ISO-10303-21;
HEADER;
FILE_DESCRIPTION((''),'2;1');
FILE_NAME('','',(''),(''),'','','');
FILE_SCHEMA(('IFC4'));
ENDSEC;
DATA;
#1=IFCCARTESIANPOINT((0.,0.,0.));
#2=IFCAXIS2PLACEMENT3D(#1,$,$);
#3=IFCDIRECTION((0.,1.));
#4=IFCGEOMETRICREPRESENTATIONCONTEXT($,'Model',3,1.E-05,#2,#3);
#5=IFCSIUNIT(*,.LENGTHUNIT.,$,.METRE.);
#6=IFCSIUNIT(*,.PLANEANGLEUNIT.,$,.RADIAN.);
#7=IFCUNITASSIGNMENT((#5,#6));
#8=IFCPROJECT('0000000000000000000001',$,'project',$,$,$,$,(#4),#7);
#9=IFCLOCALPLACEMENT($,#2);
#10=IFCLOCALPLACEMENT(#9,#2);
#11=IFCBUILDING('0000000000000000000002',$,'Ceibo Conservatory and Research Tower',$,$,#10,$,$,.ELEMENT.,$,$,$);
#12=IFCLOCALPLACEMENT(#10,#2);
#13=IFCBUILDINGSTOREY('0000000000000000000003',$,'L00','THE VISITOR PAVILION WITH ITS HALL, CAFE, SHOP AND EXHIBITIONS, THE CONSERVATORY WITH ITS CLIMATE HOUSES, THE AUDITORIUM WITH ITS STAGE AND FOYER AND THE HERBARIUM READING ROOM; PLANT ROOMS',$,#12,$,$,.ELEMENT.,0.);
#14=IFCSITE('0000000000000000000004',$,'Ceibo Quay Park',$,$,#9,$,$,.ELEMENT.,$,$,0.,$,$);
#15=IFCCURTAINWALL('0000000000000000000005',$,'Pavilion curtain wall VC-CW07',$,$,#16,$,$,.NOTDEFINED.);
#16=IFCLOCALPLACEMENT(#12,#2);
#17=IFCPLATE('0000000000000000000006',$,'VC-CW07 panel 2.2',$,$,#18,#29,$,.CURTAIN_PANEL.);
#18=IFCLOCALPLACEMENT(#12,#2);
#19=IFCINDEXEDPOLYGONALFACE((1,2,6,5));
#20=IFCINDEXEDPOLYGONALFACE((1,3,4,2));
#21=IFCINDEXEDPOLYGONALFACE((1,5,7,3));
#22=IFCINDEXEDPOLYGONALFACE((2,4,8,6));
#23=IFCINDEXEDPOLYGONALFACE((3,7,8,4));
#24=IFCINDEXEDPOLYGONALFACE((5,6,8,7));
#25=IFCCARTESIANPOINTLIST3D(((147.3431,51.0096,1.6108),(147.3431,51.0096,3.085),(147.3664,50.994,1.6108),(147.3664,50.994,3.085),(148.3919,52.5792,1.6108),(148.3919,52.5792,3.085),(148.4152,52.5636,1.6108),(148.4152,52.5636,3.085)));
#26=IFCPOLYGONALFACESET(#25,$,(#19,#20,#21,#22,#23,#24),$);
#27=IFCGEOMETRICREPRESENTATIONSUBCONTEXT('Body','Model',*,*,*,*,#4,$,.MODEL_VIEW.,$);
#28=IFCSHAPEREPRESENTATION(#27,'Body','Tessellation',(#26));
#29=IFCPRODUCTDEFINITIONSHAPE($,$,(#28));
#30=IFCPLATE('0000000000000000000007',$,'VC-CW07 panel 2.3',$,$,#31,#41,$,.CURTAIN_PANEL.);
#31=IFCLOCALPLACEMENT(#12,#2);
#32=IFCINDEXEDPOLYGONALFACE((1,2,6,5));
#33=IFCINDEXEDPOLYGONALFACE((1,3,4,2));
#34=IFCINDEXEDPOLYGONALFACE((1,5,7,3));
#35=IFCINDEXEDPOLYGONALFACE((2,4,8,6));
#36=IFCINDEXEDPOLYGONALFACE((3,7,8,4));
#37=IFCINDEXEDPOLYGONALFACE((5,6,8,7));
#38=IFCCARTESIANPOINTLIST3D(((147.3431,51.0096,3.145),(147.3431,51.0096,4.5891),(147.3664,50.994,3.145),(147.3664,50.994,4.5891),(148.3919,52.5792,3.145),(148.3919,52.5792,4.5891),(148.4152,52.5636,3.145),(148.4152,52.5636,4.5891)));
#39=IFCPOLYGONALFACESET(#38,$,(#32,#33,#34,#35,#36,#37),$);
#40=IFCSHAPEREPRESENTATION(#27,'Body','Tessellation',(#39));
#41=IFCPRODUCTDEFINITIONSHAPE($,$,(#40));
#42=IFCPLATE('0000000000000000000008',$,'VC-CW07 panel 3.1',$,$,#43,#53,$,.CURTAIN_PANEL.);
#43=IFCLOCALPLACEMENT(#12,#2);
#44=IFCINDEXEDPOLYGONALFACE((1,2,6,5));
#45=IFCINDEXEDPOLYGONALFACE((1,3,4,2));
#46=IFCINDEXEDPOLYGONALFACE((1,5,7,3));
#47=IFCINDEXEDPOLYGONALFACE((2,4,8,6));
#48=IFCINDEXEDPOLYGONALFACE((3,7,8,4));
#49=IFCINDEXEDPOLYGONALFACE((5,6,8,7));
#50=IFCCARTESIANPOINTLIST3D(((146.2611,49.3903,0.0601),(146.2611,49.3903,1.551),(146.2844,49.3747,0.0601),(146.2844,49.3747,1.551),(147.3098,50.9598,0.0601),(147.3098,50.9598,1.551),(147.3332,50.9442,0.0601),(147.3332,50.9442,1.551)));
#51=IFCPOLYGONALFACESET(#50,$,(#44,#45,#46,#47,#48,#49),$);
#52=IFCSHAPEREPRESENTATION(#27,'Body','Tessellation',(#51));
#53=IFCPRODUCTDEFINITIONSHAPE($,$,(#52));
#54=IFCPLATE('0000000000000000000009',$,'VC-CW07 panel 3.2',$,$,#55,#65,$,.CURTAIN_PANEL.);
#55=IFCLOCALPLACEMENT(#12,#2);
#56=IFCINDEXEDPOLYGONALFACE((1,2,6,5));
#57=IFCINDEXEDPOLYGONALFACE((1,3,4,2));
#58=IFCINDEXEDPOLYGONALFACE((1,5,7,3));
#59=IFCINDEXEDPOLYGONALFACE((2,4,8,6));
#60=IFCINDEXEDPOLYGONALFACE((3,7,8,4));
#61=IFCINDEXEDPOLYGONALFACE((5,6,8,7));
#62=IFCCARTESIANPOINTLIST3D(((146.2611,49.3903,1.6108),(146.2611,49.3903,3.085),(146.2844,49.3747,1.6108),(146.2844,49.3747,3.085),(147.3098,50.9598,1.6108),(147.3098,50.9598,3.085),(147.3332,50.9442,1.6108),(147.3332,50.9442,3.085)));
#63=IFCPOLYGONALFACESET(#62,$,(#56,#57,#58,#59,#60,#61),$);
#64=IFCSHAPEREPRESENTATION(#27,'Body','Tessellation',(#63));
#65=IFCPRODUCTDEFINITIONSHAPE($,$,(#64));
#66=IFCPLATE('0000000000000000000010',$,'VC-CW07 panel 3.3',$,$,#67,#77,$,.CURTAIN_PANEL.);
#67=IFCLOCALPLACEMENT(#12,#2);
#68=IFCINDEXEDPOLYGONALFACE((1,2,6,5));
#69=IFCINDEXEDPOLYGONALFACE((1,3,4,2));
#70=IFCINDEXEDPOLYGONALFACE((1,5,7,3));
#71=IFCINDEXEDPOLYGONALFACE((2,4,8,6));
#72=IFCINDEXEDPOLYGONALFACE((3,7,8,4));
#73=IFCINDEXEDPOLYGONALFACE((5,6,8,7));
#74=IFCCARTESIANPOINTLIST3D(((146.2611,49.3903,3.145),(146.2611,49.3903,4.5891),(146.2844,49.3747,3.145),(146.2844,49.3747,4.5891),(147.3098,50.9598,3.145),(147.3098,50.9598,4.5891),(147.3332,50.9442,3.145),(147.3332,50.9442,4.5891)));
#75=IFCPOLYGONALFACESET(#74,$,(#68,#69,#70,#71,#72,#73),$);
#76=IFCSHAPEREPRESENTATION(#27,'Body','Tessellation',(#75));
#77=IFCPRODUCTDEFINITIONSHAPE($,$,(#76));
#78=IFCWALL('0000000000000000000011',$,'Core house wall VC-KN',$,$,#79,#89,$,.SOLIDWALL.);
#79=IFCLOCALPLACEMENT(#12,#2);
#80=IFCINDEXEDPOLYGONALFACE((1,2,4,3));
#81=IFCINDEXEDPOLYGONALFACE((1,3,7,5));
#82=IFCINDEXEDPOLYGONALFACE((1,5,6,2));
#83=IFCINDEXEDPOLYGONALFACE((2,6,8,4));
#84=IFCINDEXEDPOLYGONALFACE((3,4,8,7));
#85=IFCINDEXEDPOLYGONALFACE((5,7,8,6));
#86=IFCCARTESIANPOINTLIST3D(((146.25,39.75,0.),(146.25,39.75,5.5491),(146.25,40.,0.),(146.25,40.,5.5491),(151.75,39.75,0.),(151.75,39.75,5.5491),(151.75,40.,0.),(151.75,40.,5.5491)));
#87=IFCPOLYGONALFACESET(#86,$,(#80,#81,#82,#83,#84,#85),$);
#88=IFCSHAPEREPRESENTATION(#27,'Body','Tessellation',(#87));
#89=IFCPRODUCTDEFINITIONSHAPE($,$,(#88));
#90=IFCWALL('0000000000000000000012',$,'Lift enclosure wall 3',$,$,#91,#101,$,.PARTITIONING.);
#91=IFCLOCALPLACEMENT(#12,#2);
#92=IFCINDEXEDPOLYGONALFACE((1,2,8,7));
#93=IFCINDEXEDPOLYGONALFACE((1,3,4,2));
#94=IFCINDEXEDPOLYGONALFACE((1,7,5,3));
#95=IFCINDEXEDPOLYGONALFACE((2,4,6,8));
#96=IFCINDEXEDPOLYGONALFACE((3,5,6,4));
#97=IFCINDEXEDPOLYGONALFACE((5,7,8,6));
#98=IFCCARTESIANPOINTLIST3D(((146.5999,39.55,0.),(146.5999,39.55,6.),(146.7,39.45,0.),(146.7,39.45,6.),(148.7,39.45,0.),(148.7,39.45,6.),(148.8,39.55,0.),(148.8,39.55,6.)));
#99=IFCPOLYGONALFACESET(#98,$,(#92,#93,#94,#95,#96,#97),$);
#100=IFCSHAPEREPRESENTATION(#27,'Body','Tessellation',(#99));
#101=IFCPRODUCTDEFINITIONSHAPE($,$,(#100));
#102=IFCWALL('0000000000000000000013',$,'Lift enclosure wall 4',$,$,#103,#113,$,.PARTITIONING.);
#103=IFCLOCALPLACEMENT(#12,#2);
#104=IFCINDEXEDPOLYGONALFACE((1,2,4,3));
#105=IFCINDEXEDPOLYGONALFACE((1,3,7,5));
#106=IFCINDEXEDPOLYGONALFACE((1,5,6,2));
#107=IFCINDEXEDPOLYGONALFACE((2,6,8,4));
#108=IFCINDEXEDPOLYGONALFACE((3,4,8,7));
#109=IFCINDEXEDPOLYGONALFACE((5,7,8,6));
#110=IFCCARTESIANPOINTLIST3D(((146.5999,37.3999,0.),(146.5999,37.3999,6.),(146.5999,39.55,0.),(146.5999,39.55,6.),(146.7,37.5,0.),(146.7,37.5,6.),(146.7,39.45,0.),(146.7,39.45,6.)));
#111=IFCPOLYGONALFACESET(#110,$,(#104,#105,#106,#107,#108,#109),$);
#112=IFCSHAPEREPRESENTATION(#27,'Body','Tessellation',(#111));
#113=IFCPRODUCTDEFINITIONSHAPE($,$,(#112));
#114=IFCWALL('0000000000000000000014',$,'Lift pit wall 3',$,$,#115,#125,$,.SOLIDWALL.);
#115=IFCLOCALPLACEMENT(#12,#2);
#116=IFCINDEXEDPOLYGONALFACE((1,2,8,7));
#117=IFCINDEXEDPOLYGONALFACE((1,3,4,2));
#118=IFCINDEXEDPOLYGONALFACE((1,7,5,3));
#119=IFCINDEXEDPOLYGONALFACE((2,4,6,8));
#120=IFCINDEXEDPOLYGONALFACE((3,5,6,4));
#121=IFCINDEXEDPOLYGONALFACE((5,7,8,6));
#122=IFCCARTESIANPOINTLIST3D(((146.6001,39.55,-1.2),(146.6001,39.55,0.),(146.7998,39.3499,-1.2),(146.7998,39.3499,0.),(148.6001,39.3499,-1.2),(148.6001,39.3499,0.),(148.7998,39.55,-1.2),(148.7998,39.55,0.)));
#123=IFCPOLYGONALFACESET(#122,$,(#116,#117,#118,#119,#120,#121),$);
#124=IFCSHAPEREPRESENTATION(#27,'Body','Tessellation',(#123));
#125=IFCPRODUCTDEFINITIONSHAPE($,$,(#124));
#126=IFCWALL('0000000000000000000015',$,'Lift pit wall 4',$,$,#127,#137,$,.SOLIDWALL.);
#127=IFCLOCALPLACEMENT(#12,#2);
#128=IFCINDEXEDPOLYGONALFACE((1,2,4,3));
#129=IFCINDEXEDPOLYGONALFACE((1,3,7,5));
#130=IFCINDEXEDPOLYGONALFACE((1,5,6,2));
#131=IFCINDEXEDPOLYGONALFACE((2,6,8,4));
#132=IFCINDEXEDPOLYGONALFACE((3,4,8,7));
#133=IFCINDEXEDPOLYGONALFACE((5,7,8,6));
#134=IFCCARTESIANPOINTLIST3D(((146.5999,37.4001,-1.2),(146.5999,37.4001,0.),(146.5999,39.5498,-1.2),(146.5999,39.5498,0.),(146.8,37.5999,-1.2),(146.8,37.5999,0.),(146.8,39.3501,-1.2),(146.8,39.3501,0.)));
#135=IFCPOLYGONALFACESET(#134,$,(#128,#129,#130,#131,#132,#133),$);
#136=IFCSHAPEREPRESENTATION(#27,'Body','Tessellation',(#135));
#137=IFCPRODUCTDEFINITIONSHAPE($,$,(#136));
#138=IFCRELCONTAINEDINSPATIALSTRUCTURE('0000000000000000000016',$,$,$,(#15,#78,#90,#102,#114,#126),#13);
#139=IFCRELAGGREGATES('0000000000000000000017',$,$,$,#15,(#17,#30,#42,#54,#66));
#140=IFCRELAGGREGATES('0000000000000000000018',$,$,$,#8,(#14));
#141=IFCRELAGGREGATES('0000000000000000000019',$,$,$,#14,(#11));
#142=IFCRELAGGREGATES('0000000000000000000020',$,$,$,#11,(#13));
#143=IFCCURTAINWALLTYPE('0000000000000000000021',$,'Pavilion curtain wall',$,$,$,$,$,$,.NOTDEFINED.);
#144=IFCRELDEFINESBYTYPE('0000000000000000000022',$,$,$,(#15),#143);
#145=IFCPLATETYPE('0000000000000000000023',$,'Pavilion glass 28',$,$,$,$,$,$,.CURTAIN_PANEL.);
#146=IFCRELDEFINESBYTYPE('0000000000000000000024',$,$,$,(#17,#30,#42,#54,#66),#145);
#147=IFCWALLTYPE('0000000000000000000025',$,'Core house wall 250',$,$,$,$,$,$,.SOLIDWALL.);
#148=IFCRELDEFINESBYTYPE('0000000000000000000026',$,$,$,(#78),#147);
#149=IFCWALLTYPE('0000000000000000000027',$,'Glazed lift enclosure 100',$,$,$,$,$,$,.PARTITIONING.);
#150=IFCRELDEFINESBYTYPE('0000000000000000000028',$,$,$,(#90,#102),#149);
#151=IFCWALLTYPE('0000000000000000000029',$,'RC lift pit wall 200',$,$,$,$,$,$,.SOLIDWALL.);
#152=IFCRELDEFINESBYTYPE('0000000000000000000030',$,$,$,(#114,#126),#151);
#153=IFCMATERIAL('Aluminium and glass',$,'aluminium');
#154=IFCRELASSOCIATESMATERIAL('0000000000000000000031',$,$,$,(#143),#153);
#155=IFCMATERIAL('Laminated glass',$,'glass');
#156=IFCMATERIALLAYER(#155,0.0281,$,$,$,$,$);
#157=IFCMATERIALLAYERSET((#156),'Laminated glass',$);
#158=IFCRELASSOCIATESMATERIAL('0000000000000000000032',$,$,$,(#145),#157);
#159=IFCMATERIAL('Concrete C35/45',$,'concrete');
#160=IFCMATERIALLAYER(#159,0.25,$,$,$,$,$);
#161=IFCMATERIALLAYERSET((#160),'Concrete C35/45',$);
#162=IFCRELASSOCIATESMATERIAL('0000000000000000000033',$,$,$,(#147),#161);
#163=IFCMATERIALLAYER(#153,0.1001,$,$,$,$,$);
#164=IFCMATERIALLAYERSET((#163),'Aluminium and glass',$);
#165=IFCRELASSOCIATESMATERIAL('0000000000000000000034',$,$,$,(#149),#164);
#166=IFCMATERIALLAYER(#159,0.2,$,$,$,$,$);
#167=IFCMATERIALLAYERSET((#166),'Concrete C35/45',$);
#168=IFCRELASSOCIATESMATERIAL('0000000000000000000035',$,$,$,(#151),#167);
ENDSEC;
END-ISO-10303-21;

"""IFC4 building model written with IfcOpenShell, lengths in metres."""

from ifc_helpers import new_model, si_unit, direction, frame, frame_2d, origin, origin_2d, place, context, subcontext, project, spatial, polyline, rectangle, outline, extrude, material, layer, layer_set, type_object, element, aggregate, save


model = new_model("IFC4")

# Units and contexts
model_context = context("Model", 3, precision=1e-05, world=origin(), true_north=direction((0.0, 1.0)))
body_context = subcontext(model_context, "Body", "Model", "MODEL_VIEW")
ifc_project = project(units=[si_unit("LENGTHUNIT", "METRE"), si_unit("PLANEANGLEUNIT", "RADIAN")], contexts=[model_context])

# Site, building, storey
site_placement = place(None, origin())
site = spatial("IfcSite", under=ifc_project, at=site_placement, Name="Ceibo Quay Park", CompositionType="ELEMENT", RefElevation=0.0)
building_placement = place(site_placement, origin())
building = spatial("IfcBuilding", under=site, at=building_placement, Name="Ceibo Conservatory and Research Tower", CompositionType="ELEMENT")
storey_placement = place(building_placement, origin())
storey = spatial("IfcBuildingStorey", under=building, at=storey_placement, Name="L00", Description="THE VISITOR PAVILION WITH ITS HALL, CAFE, SHOP AND EXHIBITIONS, THE CONSERVATORY WITH ITS CLIMATE HOUSES, THE AUDITORIUM WITH ITS STAGE AND FOYER AND THE HERBARIUM READING ROOM; PLANT ROOMS", CompositionType="ELEMENT", Elevation=0.0)

# Shared definitions
ifc_material_1 = material(Name="Concrete C35/45", Category="concrete")

# Curtain wall
ifc_material_2 = material(Name="Aluminium and glass", Category="aluminium")
curtain_wall_type = type_object("IfcCurtainWallType", Name="Pavilion curtain wall", PredefinedType="NOTDEFINED", material=ifc_material_2)
curtain_wall_placement = place(storey_placement, origin())
curtain_wall = element("IfcCurtainWall", 1, at=curtain_wall_placement, inside=storey, type_object=curtain_wall_type, Name="Pavilion curtain wall VC-CW07", PredefinedType="NOTDEFINED")

# Plates
ifc_material_3 = material(Name="Laminated glass", Category="glass")
ifc_layer_1 = layer(ifc_material_3, 0.0281)
ifc_layer_set_1 = layer_set([ifc_layer_1], Name="Laminated glass")
plate_type = type_object("IfcPlateType", Name="Pavilion glass 28", PredefinedType="CURTAIN_PANEL", material=ifc_layer_set_1)
plate_1_placement = place(storey_placement, frame((147.8792, 51.7866, 1.6108), z_axis=(0.0, 0.0, 1.0), x_axis=(-0.55557, -0.83147, 0.0)))
plate_1 = element("IfcPlate", 2, at=plate_1_placement, type_object=plate_type, Name="VC-CW07 panel 2.2", PredefinedType="CURTAIN_PANEL", context=body_context, shape_type="SweptSolid", body=[
    extrude(rectangle(XDim=1.8877, YDim=0.0281, at=origin_2d()), origin(), (0.0, 0.0, 1.0), 1.4741),
])
plate_2_placement = place(storey_placement, frame((147.8792, 51.7866, 3.145), z_axis=(0.0, 0.0, 1.0), x_axis=(-0.55557, -0.83147, 0.0)))
plate_2 = element("IfcPlate", 3, at=plate_2_placement, type_object=plate_type, Name="VC-CW07 panel 2.3", PredefinedType="CURTAIN_PANEL", context=body_context, shape_type="SweptSolid", body=[
    extrude(rectangle(XDim=1.8877, YDim=0.0281, at=origin_2d()), origin(), (0.0, 0.0, 1.0), 1.4441),
])
plate_3_placement = place(storey_placement, frame((146.7971, 50.1672, 0.0601), z_axis=(0.0, 0.0, 1.0), x_axis=(-0.55557, -0.83147, 0.0)))
plate_3 = element("IfcPlate", 4, at=plate_3_placement, type_object=plate_type, Name="VC-CW07 panel 3.1", PredefinedType="CURTAIN_PANEL", context=body_context, shape_type="SweptSolid", body=[
    extrude(rectangle(XDim=1.8877, YDim=0.0281, at=origin_2d()), origin(), (0.0, 0.0, 1.0), 1.491),
])
plate_4_placement = place(storey_placement, frame((146.7971, 50.1672, 1.6108), z_axis=(0.0, 0.0, 1.0), x_axis=(-0.55557, -0.83147, 0.0)))
plate_4 = element("IfcPlate", 5, at=plate_4_placement, type_object=plate_type, Name="VC-CW07 panel 3.2", PredefinedType="CURTAIN_PANEL", context=body_context, shape_type="SweptSolid", body=[
    extrude(rectangle(XDim=1.8877, YDim=0.0281, at=origin_2d()), origin(), (0.0, 0.0, 1.0), 1.4741),
])
plate_5_placement = place(storey_placement, frame((146.7971, 50.1672, 3.145), z_axis=(0.0, 0.0, 1.0), x_axis=(-0.55557, -0.83147, 0.0)))
plate_5 = element("IfcPlate", 6, at=plate_5_placement, type_object=plate_type, Name="VC-CW07 panel 3.3", PredefinedType="CURTAIN_PANEL", context=body_context, shape_type="SweptSolid", body=[
    extrude(rectangle(XDim=1.8877, YDim=0.0281, at=origin_2d()), origin(), (0.0, 0.0, 1.0), 1.4441),
])
aggregate(curtain_wall, [plate_1, plate_2, plate_3, plate_4, plate_5])

# Walls
ifc_layer_2 = layer(ifc_material_1, 0.25)
ifc_layer_set_2 = layer_set([ifc_layer_2], Name="Concrete C35/45")
wall_type_1 = type_object("IfcWallType", Name="Core house wall 250", PredefinedType="SOLIDWALL", material=ifc_layer_set_2)
wall_1_placement = place(storey_placement, frame((146.25, 39.875, 0.0), z_axis=(0.0, 0.0, 1.0), x_axis=(1.0, 0.0, 0.0)))
element("IfcWall", 7, at=wall_1_placement, inside=storey, type_object=wall_type_1, Name="Core house wall VC-KN", PredefinedType="SOLIDWALL", context=body_context, shape_type="SweptSolid", body=[
    extrude(rectangle(XDim=5.5, YDim=0.25, at=frame_2d((2.75, 0.0))), origin(), (0.0, 0.0, 1.0), 5.5491),
])
ifc_layer_3 = layer(ifc_material_2, 0.1001)
ifc_layer_set_3 = layer_set([ifc_layer_3], Name="Aluminium and glass")
wall_type_2 = type_object("IfcWallType", Name="Glazed lift enclosure 100", PredefinedType="PARTITIONING", material=ifc_layer_set_3)
wall_2_placement = place(storey_placement, frame((148.75, 39.5, 0.0), z_axis=(0.0, 0.0, 1.0), x_axis=(-1.0, 0.0, 0.0)))
element("IfcWall", 8, at=wall_2_placement, inside=storey, type_object=wall_type_2, Name="Lift enclosure wall 3", PredefinedType="PARTITIONING", context=body_context, shape_type="SweptSolid", body=[
    extrude(outline(polyline([(-0.05, -0.05), (2.1501, -0.05), (2.05, 0.05), (0.05, 0.05), (-0.05, -0.05)])), origin(), (0.0, 0.0, 1.0), 6.0),
])
wall_3_placement = place(storey_placement, frame((146.6499, 39.5, 0.0), z_axis=(0.0, 0.0, 1.0), x_axis=(0.0, -1.0, 0.0)))
element("IfcWall", 9, at=wall_3_placement, inside=storey, type_object=wall_type_2, Name="Lift enclosure wall 4", PredefinedType="PARTITIONING", context=body_context, shape_type="SweptSolid", body=[
    extrude(outline(polyline([(-0.05, -0.05), (2.1001, -0.05), (2.0, 0.05), (0.05, 0.05), (-0.05, -0.05)])), origin(), (0.0, 0.0, 1.0), 6.0),
])
ifc_layer_4 = layer(ifc_material_1, 0.2)
ifc_layer_set_4 = layer_set([ifc_layer_4], Name="Concrete C35/45")
wall_type_3 = type_object("IfcWallType", Name="RC lift pit wall 200", PredefinedType="SOLIDWALL", material=ifc_layer_set_4)
wall_4_placement = place(storey_placement, frame((148.7, 39.45, -1.2), z_axis=(0.0, 0.0, 1.0), x_axis=(-1.0, 0.0, 0.0)))
element("IfcWall", 10, at=wall_4_placement, inside=storey, type_object=wall_type_3, Name="Lift pit wall 3", PredefinedType="SOLIDWALL", context=body_context, shape_type="SweptSolid", body=[
    extrude(outline(polyline([(-0.0999, -0.1001), (2.0999, -0.1001), (1.9001, 0.1001), (0.0999, 0.1001), (-0.0999, -0.1001)])), origin(), (0.0, 0.0, 1.0), 1.2),
])
wall_5_placement = place(storey_placement, frame((146.7, 39.45, -1.2), z_axis=(0.0, 0.0, 1.0), x_axis=(0.0, -1.0, 0.0)))
element("IfcWall", 11, at=wall_5_placement, inside=storey, type_object=wall_type_3, Name="Lift pit wall 4", PredefinedType="SOLIDWALL", context=body_context, shape_type="SweptSolid", body=[
    extrude(outline(polyline([(-0.0999, -0.1001), (2.0498, -0.1001), (1.8501, 0.1001), (0.0999, 0.1001), (-0.0999, -0.1001)])), origin(), (0.0, 0.0, 1.0), 1.2),
])

save(model, "model.ifc")
